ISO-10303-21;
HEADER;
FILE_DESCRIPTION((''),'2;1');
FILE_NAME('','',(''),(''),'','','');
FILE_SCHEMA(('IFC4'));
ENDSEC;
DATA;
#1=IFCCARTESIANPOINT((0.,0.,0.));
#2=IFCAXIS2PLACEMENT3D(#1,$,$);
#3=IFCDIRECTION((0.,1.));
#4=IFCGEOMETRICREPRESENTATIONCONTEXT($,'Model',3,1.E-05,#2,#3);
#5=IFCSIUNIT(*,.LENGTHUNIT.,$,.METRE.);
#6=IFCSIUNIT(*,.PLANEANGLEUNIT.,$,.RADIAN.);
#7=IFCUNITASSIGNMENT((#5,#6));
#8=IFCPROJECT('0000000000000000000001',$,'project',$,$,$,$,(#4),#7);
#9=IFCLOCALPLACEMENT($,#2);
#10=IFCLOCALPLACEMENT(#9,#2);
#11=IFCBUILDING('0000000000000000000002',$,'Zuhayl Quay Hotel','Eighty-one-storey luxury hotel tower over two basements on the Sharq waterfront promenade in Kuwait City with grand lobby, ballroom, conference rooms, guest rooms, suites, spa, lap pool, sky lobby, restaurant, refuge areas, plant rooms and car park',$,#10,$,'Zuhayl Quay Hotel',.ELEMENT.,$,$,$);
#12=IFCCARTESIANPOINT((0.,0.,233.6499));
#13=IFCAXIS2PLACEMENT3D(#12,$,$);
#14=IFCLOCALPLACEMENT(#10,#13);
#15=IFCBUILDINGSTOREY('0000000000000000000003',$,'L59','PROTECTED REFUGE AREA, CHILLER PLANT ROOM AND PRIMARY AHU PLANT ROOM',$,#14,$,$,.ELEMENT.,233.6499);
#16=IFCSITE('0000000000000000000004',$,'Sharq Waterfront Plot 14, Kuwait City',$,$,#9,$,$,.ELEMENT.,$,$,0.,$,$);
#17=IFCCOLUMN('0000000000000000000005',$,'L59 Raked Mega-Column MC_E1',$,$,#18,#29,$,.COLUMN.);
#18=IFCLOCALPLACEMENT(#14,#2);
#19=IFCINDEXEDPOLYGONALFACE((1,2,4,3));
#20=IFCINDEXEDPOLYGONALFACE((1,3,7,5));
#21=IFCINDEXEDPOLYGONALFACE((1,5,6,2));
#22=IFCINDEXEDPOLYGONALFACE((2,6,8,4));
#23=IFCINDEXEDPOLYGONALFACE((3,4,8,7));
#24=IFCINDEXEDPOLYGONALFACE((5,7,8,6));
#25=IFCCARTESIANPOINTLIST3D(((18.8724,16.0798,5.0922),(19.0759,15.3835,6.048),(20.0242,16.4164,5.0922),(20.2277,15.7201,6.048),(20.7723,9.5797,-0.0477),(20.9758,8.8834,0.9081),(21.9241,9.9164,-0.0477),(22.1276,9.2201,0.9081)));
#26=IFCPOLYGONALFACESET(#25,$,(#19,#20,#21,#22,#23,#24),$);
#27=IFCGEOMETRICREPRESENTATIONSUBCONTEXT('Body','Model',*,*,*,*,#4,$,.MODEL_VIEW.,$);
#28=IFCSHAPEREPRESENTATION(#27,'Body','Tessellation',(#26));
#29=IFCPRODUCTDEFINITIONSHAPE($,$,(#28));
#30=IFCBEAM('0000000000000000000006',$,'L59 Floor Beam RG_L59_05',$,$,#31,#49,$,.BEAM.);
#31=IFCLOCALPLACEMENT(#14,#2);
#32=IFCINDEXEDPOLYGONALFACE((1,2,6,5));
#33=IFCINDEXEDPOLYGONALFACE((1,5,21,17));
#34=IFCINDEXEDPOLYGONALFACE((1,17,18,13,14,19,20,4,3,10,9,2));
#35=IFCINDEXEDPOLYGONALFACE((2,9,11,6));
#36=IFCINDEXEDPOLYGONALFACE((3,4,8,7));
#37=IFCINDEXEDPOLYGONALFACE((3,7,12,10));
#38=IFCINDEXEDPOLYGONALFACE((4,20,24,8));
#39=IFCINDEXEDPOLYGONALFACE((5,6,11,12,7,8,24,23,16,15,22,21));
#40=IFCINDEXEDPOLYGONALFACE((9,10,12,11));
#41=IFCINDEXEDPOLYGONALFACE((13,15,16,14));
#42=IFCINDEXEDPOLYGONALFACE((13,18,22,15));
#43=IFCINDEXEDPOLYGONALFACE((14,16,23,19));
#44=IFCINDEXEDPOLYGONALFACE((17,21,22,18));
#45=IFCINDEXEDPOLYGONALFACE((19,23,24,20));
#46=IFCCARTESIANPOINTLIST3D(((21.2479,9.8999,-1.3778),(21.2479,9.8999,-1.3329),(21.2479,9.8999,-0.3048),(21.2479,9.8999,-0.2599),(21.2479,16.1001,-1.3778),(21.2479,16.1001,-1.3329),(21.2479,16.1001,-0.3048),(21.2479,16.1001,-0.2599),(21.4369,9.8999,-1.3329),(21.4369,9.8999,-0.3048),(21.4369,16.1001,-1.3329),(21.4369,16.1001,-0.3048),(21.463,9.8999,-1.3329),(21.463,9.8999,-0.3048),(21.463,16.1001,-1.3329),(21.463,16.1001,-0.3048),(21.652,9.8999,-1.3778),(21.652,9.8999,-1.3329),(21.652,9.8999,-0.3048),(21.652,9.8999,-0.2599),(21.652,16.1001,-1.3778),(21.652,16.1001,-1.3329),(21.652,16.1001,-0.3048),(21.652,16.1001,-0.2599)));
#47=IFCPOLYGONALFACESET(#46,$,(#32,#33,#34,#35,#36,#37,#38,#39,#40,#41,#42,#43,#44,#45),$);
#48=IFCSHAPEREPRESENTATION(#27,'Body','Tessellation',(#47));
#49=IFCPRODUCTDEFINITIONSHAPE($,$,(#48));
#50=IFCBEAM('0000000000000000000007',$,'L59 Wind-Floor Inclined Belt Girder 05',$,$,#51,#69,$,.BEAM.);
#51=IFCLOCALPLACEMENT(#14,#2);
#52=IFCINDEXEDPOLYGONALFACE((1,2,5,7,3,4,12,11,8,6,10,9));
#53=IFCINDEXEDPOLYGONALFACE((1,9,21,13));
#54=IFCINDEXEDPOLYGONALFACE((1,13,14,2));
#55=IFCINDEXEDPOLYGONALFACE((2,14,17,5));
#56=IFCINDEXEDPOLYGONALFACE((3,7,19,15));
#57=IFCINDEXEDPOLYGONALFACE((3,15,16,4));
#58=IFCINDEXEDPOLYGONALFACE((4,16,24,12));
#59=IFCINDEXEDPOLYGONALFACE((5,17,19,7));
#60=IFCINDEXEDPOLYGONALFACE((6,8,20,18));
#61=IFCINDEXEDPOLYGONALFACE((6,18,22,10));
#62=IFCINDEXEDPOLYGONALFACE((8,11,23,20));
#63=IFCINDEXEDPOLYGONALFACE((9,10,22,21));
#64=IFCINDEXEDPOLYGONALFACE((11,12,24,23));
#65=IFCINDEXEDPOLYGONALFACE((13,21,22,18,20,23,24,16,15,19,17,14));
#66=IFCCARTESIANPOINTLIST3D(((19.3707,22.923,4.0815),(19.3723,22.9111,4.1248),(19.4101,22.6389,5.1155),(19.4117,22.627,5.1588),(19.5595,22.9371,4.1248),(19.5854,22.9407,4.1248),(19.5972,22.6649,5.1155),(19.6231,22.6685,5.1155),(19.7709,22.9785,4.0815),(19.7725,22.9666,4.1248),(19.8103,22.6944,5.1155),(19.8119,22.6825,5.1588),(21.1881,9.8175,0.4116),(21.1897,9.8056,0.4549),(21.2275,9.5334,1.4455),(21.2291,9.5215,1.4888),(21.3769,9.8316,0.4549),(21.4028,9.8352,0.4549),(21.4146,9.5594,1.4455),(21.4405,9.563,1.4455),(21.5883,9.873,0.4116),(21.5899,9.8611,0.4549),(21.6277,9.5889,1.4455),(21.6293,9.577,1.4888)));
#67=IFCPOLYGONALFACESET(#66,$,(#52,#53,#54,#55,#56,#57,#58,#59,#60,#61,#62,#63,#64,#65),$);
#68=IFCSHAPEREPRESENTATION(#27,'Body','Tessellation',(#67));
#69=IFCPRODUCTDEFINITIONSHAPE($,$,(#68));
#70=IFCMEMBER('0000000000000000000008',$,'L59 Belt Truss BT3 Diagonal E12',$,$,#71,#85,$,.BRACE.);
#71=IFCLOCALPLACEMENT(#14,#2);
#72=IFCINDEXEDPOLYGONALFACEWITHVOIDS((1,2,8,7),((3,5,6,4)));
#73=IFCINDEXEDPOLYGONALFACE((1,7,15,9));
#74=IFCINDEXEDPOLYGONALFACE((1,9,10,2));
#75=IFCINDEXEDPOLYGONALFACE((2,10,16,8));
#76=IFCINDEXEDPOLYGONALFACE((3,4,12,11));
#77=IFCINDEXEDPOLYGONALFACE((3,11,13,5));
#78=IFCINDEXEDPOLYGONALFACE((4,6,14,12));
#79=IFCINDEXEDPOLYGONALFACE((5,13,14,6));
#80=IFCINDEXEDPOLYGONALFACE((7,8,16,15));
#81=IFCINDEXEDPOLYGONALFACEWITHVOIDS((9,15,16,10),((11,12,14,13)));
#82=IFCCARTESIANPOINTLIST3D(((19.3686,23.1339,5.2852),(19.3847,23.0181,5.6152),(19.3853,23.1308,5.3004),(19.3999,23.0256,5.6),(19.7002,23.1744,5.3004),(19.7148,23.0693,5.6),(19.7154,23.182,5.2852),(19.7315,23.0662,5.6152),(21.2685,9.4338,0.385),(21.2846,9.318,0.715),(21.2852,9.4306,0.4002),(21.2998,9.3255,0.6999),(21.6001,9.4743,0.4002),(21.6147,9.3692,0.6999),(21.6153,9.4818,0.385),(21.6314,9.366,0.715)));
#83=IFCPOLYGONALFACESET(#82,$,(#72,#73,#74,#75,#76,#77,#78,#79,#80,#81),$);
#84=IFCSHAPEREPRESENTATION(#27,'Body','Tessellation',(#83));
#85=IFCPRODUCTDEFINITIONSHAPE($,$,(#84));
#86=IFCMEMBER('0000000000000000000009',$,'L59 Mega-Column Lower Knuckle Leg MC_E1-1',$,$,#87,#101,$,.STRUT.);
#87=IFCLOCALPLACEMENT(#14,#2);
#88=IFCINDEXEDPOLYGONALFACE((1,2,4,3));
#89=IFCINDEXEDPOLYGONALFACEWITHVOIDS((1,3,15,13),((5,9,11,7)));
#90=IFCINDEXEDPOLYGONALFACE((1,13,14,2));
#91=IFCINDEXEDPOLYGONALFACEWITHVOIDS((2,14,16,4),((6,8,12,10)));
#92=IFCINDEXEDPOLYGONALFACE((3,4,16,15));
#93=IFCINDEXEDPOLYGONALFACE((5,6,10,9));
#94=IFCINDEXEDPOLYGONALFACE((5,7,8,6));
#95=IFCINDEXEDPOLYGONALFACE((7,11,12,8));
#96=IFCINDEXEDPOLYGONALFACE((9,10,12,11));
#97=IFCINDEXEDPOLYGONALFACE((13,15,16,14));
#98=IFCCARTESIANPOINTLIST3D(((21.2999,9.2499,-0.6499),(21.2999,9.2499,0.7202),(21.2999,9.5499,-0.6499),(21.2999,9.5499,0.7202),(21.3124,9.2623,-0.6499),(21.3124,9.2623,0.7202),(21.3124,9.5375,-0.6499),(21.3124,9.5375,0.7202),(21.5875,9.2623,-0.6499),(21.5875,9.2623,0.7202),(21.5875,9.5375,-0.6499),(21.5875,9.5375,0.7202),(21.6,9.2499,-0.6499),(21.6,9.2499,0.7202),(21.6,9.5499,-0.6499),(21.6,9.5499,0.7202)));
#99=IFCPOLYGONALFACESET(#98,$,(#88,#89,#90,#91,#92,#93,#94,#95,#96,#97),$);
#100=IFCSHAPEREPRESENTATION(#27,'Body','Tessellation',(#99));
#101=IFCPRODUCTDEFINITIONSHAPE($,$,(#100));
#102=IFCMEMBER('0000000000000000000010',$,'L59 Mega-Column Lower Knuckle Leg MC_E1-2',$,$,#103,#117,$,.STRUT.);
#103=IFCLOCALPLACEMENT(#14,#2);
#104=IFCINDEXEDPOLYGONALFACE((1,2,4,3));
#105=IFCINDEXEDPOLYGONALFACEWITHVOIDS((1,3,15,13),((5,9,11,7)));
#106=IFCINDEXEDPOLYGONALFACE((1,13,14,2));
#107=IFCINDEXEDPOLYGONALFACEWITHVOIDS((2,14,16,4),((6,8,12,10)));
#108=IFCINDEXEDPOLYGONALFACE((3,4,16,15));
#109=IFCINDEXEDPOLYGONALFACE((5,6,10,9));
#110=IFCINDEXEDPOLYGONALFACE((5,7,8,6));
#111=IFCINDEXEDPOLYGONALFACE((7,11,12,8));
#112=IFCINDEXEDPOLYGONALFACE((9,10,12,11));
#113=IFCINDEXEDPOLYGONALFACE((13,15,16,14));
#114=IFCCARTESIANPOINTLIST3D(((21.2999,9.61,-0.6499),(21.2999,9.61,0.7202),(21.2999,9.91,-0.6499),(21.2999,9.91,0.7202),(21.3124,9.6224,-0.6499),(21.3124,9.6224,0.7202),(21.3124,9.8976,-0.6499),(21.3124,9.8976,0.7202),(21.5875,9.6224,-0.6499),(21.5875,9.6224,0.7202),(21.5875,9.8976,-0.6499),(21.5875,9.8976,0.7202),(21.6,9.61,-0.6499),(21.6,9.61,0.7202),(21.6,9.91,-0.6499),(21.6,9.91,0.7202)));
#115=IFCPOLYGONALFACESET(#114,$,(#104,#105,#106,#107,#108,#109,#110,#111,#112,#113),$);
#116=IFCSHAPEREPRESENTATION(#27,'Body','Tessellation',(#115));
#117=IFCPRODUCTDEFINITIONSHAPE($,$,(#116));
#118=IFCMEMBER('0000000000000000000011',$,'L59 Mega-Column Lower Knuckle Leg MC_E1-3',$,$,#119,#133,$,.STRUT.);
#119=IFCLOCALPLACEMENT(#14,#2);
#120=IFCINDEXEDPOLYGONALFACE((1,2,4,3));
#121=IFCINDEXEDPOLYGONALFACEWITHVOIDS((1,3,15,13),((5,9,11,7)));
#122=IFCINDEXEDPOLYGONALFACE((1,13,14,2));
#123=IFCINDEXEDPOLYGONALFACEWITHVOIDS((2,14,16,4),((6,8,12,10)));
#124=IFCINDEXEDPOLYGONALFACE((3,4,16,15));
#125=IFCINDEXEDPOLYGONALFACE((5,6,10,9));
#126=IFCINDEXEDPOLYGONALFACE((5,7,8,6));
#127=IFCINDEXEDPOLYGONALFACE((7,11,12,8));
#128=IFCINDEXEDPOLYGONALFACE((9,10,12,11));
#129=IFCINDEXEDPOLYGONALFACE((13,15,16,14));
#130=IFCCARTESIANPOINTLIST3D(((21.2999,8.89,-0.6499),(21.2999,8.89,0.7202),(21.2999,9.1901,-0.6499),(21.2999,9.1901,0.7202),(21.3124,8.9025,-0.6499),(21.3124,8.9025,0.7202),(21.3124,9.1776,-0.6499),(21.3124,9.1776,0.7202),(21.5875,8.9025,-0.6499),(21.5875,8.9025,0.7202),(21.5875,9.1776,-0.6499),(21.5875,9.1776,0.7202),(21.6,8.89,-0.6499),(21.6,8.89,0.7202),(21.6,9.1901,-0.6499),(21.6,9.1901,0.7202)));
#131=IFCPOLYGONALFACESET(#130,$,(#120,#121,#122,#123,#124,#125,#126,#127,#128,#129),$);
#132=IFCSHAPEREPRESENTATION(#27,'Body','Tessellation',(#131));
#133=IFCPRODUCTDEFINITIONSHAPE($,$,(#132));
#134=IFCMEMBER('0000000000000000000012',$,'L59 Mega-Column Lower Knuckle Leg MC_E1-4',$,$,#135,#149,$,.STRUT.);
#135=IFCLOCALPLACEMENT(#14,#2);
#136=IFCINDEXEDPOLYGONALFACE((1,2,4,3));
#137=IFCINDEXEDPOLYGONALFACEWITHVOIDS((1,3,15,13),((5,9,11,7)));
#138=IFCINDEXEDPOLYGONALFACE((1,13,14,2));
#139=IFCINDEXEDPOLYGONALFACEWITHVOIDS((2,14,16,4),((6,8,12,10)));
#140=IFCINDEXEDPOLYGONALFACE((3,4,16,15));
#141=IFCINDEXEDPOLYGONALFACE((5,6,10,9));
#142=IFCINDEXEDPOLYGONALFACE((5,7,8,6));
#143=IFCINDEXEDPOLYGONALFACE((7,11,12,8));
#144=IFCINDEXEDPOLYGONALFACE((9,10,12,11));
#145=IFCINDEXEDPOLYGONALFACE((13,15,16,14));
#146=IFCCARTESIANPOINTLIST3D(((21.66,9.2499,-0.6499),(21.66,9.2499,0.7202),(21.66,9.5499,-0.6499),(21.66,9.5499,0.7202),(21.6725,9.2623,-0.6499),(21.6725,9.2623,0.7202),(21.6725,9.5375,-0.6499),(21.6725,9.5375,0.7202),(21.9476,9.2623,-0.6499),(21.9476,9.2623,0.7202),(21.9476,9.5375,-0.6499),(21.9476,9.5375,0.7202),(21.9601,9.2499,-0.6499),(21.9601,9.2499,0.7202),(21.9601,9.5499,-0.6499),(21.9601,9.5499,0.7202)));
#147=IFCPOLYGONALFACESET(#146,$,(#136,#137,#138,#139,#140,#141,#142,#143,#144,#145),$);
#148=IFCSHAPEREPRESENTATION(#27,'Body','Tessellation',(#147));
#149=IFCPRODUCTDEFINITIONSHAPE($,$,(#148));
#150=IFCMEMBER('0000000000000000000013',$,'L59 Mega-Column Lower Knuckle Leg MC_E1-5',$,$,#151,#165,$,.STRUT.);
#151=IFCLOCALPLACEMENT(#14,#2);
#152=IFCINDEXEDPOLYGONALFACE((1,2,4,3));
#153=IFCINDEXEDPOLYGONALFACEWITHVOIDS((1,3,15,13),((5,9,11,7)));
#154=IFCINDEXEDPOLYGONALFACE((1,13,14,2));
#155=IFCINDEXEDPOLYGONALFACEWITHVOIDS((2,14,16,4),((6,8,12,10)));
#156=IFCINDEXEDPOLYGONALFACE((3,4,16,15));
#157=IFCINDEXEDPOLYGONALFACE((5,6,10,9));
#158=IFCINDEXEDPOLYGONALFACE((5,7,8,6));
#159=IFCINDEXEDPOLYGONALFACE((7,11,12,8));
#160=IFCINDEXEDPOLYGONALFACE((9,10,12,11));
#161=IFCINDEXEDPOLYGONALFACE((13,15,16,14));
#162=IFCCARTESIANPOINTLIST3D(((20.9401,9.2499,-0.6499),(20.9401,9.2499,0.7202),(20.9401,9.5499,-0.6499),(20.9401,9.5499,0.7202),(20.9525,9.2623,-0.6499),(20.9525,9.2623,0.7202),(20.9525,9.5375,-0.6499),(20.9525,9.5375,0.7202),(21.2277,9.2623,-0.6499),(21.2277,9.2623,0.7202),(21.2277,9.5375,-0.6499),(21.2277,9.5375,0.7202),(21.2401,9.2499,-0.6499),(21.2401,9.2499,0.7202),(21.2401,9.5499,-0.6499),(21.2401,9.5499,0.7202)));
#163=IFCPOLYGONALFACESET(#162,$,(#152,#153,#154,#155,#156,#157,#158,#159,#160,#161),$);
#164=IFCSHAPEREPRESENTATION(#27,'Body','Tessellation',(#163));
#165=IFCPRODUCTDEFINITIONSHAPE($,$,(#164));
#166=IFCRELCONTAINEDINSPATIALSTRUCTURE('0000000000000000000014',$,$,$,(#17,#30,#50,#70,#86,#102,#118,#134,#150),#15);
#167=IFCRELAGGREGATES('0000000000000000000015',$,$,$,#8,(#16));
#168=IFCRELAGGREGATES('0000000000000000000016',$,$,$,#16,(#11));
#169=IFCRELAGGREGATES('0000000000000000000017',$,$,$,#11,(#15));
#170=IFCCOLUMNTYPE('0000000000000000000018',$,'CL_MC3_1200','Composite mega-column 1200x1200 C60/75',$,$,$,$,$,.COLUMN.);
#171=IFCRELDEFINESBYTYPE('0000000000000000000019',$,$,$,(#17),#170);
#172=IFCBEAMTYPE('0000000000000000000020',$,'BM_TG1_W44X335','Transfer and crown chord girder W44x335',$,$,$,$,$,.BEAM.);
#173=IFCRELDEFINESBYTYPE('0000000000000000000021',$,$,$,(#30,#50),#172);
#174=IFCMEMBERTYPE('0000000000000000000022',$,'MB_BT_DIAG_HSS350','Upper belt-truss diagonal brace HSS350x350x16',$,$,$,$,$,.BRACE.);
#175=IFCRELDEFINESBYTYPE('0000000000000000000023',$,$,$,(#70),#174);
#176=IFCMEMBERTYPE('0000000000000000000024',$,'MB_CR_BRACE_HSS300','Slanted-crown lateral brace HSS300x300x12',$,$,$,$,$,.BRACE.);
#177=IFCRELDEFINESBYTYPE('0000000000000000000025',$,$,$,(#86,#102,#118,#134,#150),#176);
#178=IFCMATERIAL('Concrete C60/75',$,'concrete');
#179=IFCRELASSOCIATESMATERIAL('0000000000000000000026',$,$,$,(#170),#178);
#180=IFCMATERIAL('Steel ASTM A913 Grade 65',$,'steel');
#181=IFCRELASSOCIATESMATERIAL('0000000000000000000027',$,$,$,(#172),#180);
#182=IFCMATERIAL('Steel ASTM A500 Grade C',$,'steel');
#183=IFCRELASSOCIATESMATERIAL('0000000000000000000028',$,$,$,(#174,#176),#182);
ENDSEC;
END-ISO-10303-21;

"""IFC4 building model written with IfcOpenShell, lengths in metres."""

from ifc_helpers import new_model, si_unit, direction, frame, origin, origin_2d, place, context, subcontext, project, spatial, rectangle, hollow_rectangle, i_section, extrude, material, material_profile, profile_set, type_object, element, save


model = new_model("IFC4")

# Units and contexts
model_context = context("Model", 3, precision=1e-05, world=origin(), true_north=direction((0.0, 1.0)))
body_context = subcontext(model_context, "Body", "Model", "MODEL_VIEW")
ifc_project = project(units=[si_unit("LENGTHUNIT", "METRE"), si_unit("PLANEANGLEUNIT", "RADIAN")], contexts=[model_context])

# Site, building, storey
site_placement = place(None, origin())
site = spatial("IfcSite", under=ifc_project, at=site_placement, Name="Sharq Waterfront Plot 14, Kuwait City", CompositionType="ELEMENT", RefElevation=0.0)
building_placement = place(site_placement, origin())
building = spatial("IfcBuilding", under=site, at=building_placement, Name="Zuhayl Quay Hotel", Description="Eighty-one-storey luxury hotel tower over two basements on the Sharq waterfront promenade in Kuwait City with grand lobby, ballroom, conference rooms, guest rooms, suites, spa, lap pool, sky lobby, restaurant, refuge areas, plant rooms and car park", LongName="Zuhayl Quay Hotel", CompositionType="ELEMENT")
storey_placement = place(building_placement, frame((0.0, 0.0, 233.6499)))
storey = spatial("IfcBuildingStorey", under=building, at=storey_placement, Name="L59", Description="PROTECTED REFUGE AREA, CHILLER PLANT ROOM AND PRIMARY AHU PLANT ROOM", CompositionType="ELEMENT", Elevation=233.6499)

# Column
ifc_material_1 = material(Name="Concrete C60/75", Category="concrete")
ifc_material_profile_1 = material_profile(ifc_material_1, rectangle(XDim=1.2, YDim=1.2, at=origin_2d()), Name="RC1200X1200")
ifc_profile_set_1 = profile_set([ifc_material_profile_1], Name="Concrete C60/75")
column_type = type_object("IfcColumnType", Name="CL_MC3_1200", Description="Composite mega-column 1200x1200 C60/75", PredefinedType="COLUMN", material=ifc_profile_set_1)
column_placement = place(storey_placement, frame((21.45, 9.3999, 0.4302), z_axis=(-0.223474, 0.764557, 0.604576), x_axis=(-0.959838, -0.280554, 0.0)))
element("IfcColumn", 1, at=column_placement, inside=storey, type_object=column_type, Name="L59 Raked Mega-Column MC_E1", PredefinedType="COLUMN", context=body_context, shape_type="SweptSolid", body=[
    extrude(rectangle(XDim=1.2, YDim=1.2, at=origin_2d()), origin(), (0.0, 0.0, 1.0), 8.5017),
])

# Beams
ifc_material_2 = material(Name="Steel ASTM A913 Grade 65", Category="steel")
ifc_material_profile_2 = material_profile(ifc_material_2, i_section(OverallWidth=0.4041, OverallDepth=1.1179, WebThickness=0.0261, FlangeThickness=0.0449, at=origin_2d()), Name="W44X335")
ifc_profile_set_2 = profile_set([ifc_material_profile_2], Name="Steel ASTM A913 Grade 65")
beam_type = type_object("IfcBeamType", Name="BM_TG1_W44X335", Description="Transfer and crown chord girder W44x335", PredefinedType="BEAM", material=ifc_profile_set_2)
beam_1_placement = place(storey_placement, frame((21.45, 9.8999, -0.8188), z_axis=(0.0, 1.0, 0.0), x_axis=(-1.0, 0.0, 0.0)))
element("IfcBeam", 2, at=beam_1_placement, inside=storey, type_object=beam_type, Name="L59 Floor Beam RG_L59_05", PredefinedType="BEAM", context=body_context, shape_type="SweptSolid", body=[
    extrude(i_section(OverallWidth=0.4041, OverallDepth=1.1179, WebThickness=0.0261, FlangeThickness=0.0449, at=origin_2d()), origin(), (0.0, 0.0, 1.0), 6.2002),
])
beam_2_placement = place(storey_placement, frame((21.4087, 9.6973, 0.9502), z_axis=(-0.132362, 0.954484, 0.267284), x_axis=(-0.990521, -0.137359, 0.0)))
element("IfcBeam", 3, at=beam_2_placement, inside=storey, type_object=beam_type, Name="L59 Wind-Floor Inclined Belt Girder 05", PredefinedType="BEAM", context=body_context, shape_type="SweptSolid", body=[
    extrude(i_section(OverallWidth=0.4041, OverallDepth=1.1179, WebThickness=0.0261, FlangeThickness=0.0449, at=origin_2d()), origin(), (0.0, 0.0, 1.0), 13.7305),
])

# Members
ifc_material_3 = material(Name="Steel ASTM A500 Grade C", Category="steel")
ifc_material_profile_3 = material_profile(ifc_material_3, hollow_rectangle(XDim=0.3501, YDim=0.3501, WallThickness=0.0161, at=origin_2d()), Name="HSS350X350X16")
ifc_profile_set_3 = profile_set([ifc_material_profile_3], Name="Steel ASTM A500 Grade C")
member_type_1 = type_object("IfcMemberType", Name="MB_BT_DIAG_HSS350", Description="Upper belt-truss diagonal brace HSS350x350x16", PredefinedType="BRACE", material=ifc_profile_set_3)
member_1_placement = place(storey_placement, frame((21.45, 9.3999, 0.55), z_axis=(-0.129477, 0.933659, 0.333942), x_axis=(-0.990521, -0.137362, 0.0)))
element("IfcMember", 4, at=member_1_placement, inside=storey, type_object=member_type_1, Name="L59 Belt Truss BT3 Diagonal E12", PredefinedType="BRACE", context=body_context, shape_type="SweptSolid", body=[
    extrude(hollow_rectangle(XDim=0.3501, YDim=0.3501, WallThickness=0.0161, at=origin_2d()), origin(), (0.0, 0.0, 1.0), 14.6736),
])
ifc_material_profile_4 = material_profile(ifc_material_3, hollow_rectangle(XDim=0.3, YDim=0.3, WallThickness=0.0125, at=origin_2d()), Name="HSS300X300X12")
ifc_profile_set_4 = profile_set([ifc_material_profile_4], Name="Steel ASTM A500 Grade C")
member_type_2 = type_object("IfcMemberType", Name="MB_CR_BRACE_HSS300", Description="Slanted-crown lateral brace HSS300x300x12", PredefinedType="BRACE", material=ifc_profile_set_4)
for number, where, z_axis, x_axis, name in (
    (5, (21.45, 9.3999, -0.6499), (0.0, 0.0, 1.0), (1.0, 0.0, 0.0), "L59 Mega-Column Lower Knuckle Leg MC_E1-1"),
    (6, (21.45, 9.76, -0.6499), (0.0, 0.0, 1.0), (1.0, 0.0, 0.0), "L59 Mega-Column Lower Knuckle Leg MC_E1-2"),
    (7, (21.45, 9.04, -0.6499), (0.0, 0.0, 1.0), (1.0, 0.0, 0.0), "L59 Mega-Column Lower Knuckle Leg MC_E1-3"),
    (8, (21.8101, 9.3999, -0.6499), (0.0, 0.0, 1.0), (1.0, 0.0, 0.0), "L59 Mega-Column Lower Knuckle Leg MC_E1-4"),
    (9, (21.0901, 9.3999, -0.6499), (0.0, 0.0, 1.0), (1.0, 0.0, 0.0), "L59 Mega-Column Lower Knuckle Leg MC_E1-5"),
):
    element("IfcMember", number, at=place(storey_placement, frame(where, z_axis=z_axis, x_axis=x_axis)), inside=storey, type_object=member_type_2, Name=name, PredefinedType="STRUT", context=body_context, shape_type="SweptSolid", body=[
        extrude(hollow_rectangle(XDim=0.3, YDim=0.3, WallThickness=0.0125, at=origin_2d()), origin(), (0.0, 0.0, 1.0), 1.3701),
    ])

save(model, "model.ifc")
